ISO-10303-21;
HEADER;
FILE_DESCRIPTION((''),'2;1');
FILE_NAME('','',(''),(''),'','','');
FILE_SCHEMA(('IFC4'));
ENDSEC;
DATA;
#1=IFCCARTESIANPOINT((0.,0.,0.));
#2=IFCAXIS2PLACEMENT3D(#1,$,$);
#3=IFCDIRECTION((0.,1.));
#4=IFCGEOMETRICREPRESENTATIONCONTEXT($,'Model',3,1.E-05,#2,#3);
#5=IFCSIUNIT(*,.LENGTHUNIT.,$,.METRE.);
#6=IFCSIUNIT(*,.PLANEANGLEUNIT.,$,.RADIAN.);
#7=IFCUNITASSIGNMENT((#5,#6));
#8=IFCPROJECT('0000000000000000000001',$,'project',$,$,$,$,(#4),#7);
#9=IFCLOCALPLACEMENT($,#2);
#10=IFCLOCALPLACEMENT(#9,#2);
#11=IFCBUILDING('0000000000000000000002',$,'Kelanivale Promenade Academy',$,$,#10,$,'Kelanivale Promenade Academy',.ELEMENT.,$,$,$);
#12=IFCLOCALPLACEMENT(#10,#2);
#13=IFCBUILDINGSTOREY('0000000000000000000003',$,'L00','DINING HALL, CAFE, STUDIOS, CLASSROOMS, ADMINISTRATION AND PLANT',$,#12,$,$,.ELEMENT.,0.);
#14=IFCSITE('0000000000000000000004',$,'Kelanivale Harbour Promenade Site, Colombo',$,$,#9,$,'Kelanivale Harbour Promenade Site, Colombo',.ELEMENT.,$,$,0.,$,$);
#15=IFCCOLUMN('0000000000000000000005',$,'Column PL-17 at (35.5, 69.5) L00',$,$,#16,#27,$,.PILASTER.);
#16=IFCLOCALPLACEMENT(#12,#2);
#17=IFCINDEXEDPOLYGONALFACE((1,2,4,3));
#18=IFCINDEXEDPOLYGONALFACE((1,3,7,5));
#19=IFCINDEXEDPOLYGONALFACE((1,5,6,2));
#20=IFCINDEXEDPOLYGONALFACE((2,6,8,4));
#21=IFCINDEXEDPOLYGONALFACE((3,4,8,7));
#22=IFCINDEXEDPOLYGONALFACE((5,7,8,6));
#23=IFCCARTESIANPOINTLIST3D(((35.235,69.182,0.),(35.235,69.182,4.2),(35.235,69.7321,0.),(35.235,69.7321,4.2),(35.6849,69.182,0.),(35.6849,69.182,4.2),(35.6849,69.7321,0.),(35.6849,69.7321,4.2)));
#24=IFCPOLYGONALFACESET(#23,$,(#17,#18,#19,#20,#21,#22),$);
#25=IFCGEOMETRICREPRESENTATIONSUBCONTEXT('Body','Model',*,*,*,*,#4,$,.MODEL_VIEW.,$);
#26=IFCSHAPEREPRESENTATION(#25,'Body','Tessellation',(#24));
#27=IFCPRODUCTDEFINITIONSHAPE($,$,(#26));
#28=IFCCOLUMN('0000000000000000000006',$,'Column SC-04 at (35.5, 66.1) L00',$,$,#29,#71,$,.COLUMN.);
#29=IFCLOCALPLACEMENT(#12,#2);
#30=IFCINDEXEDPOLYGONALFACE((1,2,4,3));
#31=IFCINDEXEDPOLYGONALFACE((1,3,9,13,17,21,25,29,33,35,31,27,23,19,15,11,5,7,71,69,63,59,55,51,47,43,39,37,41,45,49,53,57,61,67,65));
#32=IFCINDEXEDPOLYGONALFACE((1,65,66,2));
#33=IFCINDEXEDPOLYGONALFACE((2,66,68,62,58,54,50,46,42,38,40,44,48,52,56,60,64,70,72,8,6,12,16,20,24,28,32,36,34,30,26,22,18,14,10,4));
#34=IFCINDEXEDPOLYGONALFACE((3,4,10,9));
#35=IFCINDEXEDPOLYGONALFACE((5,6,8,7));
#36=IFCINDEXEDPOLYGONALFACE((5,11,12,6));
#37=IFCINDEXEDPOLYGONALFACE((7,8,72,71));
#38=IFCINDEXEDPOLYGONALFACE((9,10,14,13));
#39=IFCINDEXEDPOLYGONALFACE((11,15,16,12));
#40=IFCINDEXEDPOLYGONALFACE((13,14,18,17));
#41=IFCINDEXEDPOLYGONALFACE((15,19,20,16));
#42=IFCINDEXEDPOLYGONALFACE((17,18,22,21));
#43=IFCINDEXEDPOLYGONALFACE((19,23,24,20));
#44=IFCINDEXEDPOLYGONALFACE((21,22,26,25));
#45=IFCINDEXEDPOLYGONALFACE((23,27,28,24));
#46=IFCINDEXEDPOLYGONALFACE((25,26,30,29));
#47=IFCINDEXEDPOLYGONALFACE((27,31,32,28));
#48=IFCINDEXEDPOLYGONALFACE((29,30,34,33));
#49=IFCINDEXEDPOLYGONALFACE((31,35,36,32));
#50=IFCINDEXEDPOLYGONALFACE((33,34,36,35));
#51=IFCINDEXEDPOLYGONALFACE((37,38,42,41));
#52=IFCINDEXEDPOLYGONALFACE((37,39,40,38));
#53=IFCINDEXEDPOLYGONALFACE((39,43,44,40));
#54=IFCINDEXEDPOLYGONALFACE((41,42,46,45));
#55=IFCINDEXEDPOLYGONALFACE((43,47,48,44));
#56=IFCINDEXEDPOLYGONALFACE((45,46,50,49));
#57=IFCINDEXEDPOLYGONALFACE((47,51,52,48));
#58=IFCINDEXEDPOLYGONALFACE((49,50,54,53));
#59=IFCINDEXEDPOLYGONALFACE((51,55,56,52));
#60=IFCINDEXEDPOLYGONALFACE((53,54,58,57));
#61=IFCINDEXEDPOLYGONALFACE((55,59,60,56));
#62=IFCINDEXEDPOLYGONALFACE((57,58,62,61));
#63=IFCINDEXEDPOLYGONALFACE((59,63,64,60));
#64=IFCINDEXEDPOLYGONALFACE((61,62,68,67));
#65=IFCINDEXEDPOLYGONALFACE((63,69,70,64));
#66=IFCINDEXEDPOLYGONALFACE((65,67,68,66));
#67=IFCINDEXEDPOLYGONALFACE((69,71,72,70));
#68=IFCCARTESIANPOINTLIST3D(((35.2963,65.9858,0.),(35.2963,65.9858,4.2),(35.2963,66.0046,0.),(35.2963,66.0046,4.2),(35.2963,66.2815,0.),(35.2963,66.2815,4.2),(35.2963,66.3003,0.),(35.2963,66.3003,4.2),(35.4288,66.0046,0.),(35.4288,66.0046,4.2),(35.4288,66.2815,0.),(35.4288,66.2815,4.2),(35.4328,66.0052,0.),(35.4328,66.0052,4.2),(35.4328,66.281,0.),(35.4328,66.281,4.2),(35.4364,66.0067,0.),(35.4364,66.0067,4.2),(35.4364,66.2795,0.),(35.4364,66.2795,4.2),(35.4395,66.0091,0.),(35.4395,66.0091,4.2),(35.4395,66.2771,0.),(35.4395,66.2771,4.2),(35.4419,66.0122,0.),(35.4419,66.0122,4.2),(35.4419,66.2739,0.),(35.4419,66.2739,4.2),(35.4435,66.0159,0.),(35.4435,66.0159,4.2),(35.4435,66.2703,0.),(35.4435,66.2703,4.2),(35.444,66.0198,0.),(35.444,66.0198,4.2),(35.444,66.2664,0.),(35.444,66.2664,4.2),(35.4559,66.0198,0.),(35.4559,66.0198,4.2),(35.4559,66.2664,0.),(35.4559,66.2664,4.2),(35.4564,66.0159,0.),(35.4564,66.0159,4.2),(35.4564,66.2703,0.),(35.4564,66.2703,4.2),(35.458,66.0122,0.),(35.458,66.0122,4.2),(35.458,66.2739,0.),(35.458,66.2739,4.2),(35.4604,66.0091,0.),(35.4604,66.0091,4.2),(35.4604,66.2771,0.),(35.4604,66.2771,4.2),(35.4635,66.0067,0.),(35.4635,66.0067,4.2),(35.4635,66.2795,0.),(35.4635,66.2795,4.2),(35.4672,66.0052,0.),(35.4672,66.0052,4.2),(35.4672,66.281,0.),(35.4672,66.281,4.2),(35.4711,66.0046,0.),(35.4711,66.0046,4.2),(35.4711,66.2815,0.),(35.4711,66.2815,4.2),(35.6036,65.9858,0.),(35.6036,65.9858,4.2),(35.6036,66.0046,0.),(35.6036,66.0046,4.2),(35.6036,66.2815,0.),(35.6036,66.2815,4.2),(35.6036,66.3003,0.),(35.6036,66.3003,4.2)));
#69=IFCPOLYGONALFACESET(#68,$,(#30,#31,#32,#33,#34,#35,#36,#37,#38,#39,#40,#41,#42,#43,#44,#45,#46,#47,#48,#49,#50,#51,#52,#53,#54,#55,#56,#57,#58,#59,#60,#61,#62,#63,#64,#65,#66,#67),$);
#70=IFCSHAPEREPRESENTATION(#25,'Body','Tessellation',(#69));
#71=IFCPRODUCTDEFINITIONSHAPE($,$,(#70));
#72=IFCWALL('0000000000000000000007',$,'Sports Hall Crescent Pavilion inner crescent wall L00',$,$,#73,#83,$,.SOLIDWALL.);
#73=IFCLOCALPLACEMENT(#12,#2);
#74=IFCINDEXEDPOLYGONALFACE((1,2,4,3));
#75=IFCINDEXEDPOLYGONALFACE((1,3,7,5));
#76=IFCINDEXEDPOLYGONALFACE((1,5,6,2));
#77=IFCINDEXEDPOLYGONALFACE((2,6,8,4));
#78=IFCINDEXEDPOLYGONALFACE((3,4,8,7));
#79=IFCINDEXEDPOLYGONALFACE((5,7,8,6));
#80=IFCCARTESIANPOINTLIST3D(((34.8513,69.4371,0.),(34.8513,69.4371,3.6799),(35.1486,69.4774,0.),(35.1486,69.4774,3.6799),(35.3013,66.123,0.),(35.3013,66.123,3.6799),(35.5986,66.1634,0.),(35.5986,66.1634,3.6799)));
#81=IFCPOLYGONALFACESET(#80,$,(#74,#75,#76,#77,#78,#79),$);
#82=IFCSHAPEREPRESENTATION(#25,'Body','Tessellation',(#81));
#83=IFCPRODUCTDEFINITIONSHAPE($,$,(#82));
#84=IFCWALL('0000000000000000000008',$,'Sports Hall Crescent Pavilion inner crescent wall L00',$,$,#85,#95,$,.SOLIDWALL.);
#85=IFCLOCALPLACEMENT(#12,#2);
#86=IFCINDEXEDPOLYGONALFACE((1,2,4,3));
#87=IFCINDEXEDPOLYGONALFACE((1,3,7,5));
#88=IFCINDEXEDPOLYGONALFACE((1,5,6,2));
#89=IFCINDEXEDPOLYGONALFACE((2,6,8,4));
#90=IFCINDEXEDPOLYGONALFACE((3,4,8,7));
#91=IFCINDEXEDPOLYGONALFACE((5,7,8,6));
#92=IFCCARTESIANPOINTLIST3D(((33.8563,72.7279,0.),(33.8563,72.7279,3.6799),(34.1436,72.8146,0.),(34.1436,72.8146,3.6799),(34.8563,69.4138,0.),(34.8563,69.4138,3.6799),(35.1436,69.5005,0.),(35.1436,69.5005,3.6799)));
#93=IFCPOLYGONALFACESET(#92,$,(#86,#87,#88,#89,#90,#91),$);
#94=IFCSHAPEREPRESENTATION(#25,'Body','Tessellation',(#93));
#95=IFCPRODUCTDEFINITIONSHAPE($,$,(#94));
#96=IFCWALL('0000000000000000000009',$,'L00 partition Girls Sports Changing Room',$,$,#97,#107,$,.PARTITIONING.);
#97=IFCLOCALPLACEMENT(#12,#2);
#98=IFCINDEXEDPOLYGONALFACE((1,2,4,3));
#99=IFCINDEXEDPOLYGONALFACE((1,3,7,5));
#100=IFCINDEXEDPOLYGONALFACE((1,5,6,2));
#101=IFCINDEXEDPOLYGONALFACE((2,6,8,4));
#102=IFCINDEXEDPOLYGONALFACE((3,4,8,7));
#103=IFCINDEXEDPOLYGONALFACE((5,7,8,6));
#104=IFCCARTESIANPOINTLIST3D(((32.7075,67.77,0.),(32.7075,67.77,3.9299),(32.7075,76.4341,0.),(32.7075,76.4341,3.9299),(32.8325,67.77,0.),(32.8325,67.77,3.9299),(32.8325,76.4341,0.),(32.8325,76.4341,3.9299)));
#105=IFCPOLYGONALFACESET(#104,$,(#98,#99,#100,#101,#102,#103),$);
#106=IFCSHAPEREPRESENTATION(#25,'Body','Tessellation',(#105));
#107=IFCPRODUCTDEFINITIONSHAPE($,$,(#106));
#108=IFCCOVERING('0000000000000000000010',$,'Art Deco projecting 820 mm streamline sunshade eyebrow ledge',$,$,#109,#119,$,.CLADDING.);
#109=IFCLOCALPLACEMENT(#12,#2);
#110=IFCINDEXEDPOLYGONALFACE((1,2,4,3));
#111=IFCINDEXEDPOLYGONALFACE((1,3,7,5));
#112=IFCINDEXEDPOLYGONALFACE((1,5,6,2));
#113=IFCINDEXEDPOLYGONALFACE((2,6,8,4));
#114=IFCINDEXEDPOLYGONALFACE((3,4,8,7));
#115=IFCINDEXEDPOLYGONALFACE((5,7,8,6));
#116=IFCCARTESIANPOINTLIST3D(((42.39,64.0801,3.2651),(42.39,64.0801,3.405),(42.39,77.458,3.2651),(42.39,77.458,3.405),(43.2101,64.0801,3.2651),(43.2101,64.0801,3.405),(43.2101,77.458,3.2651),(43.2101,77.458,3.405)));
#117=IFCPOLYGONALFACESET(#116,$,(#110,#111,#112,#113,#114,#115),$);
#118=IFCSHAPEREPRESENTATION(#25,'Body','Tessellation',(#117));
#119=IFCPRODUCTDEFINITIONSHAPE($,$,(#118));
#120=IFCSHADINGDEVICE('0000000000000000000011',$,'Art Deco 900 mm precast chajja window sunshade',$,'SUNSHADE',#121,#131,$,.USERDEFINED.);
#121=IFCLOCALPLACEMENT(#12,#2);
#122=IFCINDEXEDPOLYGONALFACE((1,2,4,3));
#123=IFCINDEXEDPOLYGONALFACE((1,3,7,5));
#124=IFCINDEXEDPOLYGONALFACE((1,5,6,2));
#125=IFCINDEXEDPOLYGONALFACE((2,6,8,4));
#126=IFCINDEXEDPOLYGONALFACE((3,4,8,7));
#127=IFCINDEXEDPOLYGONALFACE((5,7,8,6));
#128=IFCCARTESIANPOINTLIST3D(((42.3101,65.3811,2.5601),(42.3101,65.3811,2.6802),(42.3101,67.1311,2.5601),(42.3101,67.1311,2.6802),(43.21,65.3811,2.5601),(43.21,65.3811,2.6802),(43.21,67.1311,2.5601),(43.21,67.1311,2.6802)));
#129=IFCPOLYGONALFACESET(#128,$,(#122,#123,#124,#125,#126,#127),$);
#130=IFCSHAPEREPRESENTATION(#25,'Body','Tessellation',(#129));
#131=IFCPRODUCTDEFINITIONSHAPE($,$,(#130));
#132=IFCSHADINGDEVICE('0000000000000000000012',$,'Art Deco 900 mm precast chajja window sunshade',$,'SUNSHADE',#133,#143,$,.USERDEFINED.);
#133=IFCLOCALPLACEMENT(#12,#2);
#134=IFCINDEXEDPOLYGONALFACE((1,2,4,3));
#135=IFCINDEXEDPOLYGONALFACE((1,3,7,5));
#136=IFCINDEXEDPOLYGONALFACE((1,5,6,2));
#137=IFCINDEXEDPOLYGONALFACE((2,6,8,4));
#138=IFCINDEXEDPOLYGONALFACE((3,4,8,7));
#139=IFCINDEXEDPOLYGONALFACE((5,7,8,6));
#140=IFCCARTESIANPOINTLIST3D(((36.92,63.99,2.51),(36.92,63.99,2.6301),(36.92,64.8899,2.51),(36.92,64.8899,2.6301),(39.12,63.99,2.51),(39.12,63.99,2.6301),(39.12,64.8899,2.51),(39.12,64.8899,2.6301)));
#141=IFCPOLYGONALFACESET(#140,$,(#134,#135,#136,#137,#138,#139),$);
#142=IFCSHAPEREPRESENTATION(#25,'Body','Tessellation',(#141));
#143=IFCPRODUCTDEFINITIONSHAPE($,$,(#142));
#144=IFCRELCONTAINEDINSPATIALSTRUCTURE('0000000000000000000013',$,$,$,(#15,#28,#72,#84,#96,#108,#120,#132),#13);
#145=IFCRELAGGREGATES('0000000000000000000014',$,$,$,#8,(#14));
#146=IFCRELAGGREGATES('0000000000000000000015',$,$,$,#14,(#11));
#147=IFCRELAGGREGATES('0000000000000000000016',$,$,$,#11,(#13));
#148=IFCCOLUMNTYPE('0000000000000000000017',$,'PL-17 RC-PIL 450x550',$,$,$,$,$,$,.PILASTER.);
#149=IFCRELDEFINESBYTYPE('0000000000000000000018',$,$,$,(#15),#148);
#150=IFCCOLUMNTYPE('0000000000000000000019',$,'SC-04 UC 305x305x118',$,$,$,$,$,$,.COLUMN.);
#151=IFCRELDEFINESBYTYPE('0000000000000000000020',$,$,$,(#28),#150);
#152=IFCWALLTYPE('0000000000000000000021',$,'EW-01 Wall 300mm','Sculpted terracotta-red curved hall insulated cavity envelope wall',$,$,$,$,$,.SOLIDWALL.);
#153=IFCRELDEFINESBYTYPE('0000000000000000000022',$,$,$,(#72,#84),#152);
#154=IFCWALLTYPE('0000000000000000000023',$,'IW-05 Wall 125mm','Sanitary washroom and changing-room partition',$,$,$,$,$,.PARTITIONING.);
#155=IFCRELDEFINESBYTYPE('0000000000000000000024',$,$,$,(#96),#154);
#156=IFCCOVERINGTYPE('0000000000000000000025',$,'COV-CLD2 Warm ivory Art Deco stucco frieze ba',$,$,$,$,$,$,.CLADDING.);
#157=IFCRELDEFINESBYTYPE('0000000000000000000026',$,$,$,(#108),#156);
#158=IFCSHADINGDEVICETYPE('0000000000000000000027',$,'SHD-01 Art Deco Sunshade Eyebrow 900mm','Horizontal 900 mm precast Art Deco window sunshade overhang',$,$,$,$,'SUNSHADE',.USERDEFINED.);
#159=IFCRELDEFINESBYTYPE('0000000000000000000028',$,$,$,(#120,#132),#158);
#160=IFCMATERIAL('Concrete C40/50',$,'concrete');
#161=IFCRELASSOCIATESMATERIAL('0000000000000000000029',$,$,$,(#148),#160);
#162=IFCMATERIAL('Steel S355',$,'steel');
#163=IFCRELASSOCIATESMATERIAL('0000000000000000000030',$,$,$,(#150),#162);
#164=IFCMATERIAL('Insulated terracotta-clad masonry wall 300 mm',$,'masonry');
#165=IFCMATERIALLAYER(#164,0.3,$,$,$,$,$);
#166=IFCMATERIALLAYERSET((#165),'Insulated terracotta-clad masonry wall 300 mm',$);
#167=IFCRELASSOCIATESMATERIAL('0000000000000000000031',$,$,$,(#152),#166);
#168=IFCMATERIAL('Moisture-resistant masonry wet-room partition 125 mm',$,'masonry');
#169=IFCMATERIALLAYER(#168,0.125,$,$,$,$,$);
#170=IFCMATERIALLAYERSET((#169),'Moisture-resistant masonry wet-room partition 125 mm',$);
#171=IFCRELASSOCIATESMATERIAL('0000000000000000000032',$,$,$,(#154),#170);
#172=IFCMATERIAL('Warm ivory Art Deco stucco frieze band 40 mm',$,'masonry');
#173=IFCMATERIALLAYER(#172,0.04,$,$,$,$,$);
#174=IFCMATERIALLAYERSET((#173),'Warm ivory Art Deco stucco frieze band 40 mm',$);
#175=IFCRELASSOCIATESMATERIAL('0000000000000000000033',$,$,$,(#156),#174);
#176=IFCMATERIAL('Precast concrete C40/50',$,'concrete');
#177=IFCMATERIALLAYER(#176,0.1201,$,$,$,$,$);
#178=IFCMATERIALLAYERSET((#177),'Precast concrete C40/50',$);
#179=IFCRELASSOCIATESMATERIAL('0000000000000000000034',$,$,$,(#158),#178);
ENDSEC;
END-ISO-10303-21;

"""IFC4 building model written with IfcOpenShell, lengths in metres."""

from ifc_helpers import new_model, si_unit, direction, frame, frame_2d, origin, origin_2d, place, context, subcontext, project, spatial, rectangle, i_section, extrude, material, layer, layer_set, material_profile, profile_set, type_object, element, save


model = new_model("IFC4")

# Units and contexts
model_context = context("Model", 3, precision=1e-05, world=origin(), true_north=direction((0.0, 1.0)))
body_context = subcontext(model_context, "Body", "Model", "MODEL_VIEW")
ifc_project = project(units=[si_unit("LENGTHUNIT", "METRE"), si_unit("PLANEANGLEUNIT", "RADIAN")], contexts=[model_context])

# Site, building, storey
site_placement = place(None, origin())
site = spatial("IfcSite", under=ifc_project, at=site_placement, Name="Kelanivale Harbour Promenade Site, Colombo", LongName="Kelanivale Harbour Promenade Site, Colombo", CompositionType="ELEMENT", RefElevation=0.0)
building_placement = place(site_placement, origin())
building = spatial("IfcBuilding", under=site, at=building_placement, Name="Kelanivale Promenade Academy", LongName="Kelanivale Promenade Academy", CompositionType="ELEMENT")
storey_placement = place(building_placement, origin())
storey = spatial("IfcBuildingStorey", under=building, at=storey_placement, Name="L00", Description="DINING HALL, CAFE, STUDIOS, CLASSROOMS, ADMINISTRATION AND PLANT", CompositionType="ELEMENT", Elevation=0.0)

# Columns
ifc_material_1 = material(Name="Concrete C40/50", Category="concrete")
ifc_material_profile_1 = material_profile(ifc_material_1, rectangle(XDim=0.45, YDim=0.55, at=origin_2d()), Name="RC-PIL 450x550")
ifc_profile_set_1 = profile_set([ifc_material_profile_1], Name="Concrete C40/50")
column_type_1 = type_object("IfcColumnType", Name="PL-17 RC-PIL 450x550", PredefinedType="PILASTER", material=ifc_profile_set_1)
column_1_placement = place(storey_placement, frame((35.46, 69.457, 0.0), z_axis=(0.0, 0.0, 1.0), x_axis=(1.0, 0.0, 0.0)))
element("IfcColumn", 1, at=column_1_placement, inside=storey, type_object=column_type_1, Name="Column PL-17 at (35.5, 69.5) L00", PredefinedType="PILASTER", context=body_context, shape_type="SweptSolid", body=[
    extrude(rectangle(XDim=0.45, YDim=0.55, at=origin_2d()), origin(), (0.0, 0.0, 1.0), 4.2),
])
ifc_material_2 = material(Name="Steel S355", Category="steel")
ifc_material_profile_2 = material_profile(ifc_material_2, i_section(OverallWidth=0.3074, OverallDepth=0.3145, WebThickness=0.012, FlangeThickness=0.0188, FilletRadius=0.0151, at=origin_2d()), Name="UC 305x305x118")
ifc_profile_set_2 = profile_set([ifc_material_profile_2], Name="Steel S355")
column_type_2 = type_object("IfcColumnType", Name="SC-04 UC 305x305x118", PredefinedType="COLUMN", material=ifc_profile_set_2)
column_2_placement = place(storey_placement, frame((35.45, 66.1431, 0.0), z_axis=(0.0, 0.0, 1.0), x_axis=(1.0, 0.0, 0.0)))
element("IfcColumn", 2, at=column_2_placement, inside=storey, type_object=column_type_2, Name="Column SC-04 at (35.5, 66.1) L00", PredefinedType="COLUMN", context=body_context, shape_type="SweptSolid", body=[
    extrude(i_section(OverallWidth=0.3074, OverallDepth=0.3145, WebThickness=0.012, FlangeThickness=0.0188, FilletRadius=0.0151, at=origin_2d()), origin(), (0.0, 0.0, 1.0), 4.2),
])

# Walls
ifc_material_3 = material(Name="Insulated terracotta-clad masonry wall 300 mm", Category="masonry")
ifc_layer_1 = layer(ifc_material_3, 0.3)
ifc_layer_set_1 = layer_set([ifc_layer_1], Name="Insulated terracotta-clad masonry wall 300 mm")
wall_type_1 = type_object("IfcWallType", Name="EW-01 Wall 300mm", Description="Sculpted terracotta-red curved hall insulated cavity envelope wall", PredefinedType="SOLIDWALL", material=ifc_layer_set_1)
wall_1_placement = place(storey_placement, frame((35.45, 66.1431, 0.0), z_axis=(0.0, 0.0, 1.0), x_axis=(-0.13454, 0.990908, 0.0)))
element("IfcWall", 3, at=wall_1_placement, inside=storey, type_object=wall_type_1, Name="Sports Hall Crescent Pavilion inner crescent wall L00", PredefinedType="SOLIDWALL", context=body_context, shape_type="SweptSolid", body=[
    extrude(rectangle(XDim=3.3445, YDim=0.3, at=frame_2d((1.6724, 0.0))), origin(), (0.0, 0.0, 1.0), 3.6799),
])
wall_2_placement = place(storey_placement, frame((35.0, 69.457, 0.0), z_axis=(0.0, 0.0, 1.0), x_axis=(-0.288888, 0.957363, 0.0)))
element("IfcWall", 4, at=wall_2_placement, inside=storey, type_object=wall_type_1, Name="Sports Hall Crescent Pavilion inner crescent wall L00", PredefinedType="SOLIDWALL", context=body_context, shape_type="SweptSolid", body=[
    extrude(rectangle(XDim=3.4617, YDim=0.3, at=frame_2d((1.731, 0.0))), origin(), (0.0, 0.0, 1.0), 3.6799),
])
ifc_material_4 = material(Name="Moisture-resistant masonry wet-room partition 125 mm", Category="masonry")
ifc_layer_2 = layer(ifc_material_4, 0.125)
ifc_layer_set_2 = layer_set([ifc_layer_2], Name="Moisture-resistant masonry wet-room partition 125 mm")
wall_type_2 = type_object("IfcWallType", Name="IW-05 Wall 125mm", Description="Sanitary washroom and changing-room partition", PredefinedType="PARTITIONING", material=ifc_layer_set_2)
wall_3_placement = place(storey_placement, frame((32.77, 67.77, 0.0), z_axis=(0.0, 0.0, 1.0), x_axis=(0.0, 1.0, 0.0)))
element("IfcWall", 5, at=wall_3_placement, inside=storey, type_object=wall_type_2, Name="L00 partition Girls Sports Changing Room", PredefinedType="PARTITIONING", context=body_context, shape_type="SweptSolid", body=[
    extrude(rectangle(XDim=8.6641, YDim=0.125, at=frame_2d((4.332, 0.0))), origin(), (0.0, 0.0, 1.0), 3.9299),
])

# Covering
ifc_material_5 = material(Name="Warm ivory Art Deco stucco frieze band 40 mm", Category="masonry")
ifc_layer_3 = layer(ifc_material_5, 0.04)
ifc_layer_set_3 = layer_set([ifc_layer_3], Name="Warm ivory Art Deco stucco frieze band 40 mm")
covering_type = type_object("IfcCoveringType", Name="COV-CLD2 Warm ivory Art Deco stucco frieze ba", PredefinedType="CLADDING", material=ifc_layer_set_3)
covering_placement = place(storey_placement, frame((42.8, 70.769, 3.2651), z_axis=(0.0, 0.0, 1.0), x_axis=(0.0, -1.0, 0.0)))
element("IfcCovering", 6, at=covering_placement, inside=storey, type_object=covering_type, Name="Art Deco projecting 820 mm streamline sunshade eyebrow ledge", PredefinedType="CLADDING", context=body_context, shape_type="SweptSolid", body=[
    extrude(rectangle(XDim=13.3779, YDim=0.8201, at=origin_2d()), origin(), (0.0, 0.0, 1.0), 0.1399),
])

# Shading devices
ifc_material_6 = material(Name="Precast concrete C40/50", Category="concrete")
ifc_layer_4 = layer(ifc_material_6, 0.1201)
ifc_layer_set_4 = layer_set([ifc_layer_4], Name="Precast concrete C40/50")
shading_device_type = type_object("IfcShadingDeviceType", Name="SHD-01 Art Deco Sunshade Eyebrow 900mm", Description="Horizontal 900 mm precast Art Deco window sunshade overhang", ElementType="SUNSHADE", PredefinedType="USERDEFINED", material=ifc_layer_set_4)
shading_device_1_placement = place(storey_placement, frame((42.76, 66.2561, 2.5601), z_axis=(0.0, 0.0, 1.0), x_axis=(0.0, -1.0, 0.0)))
element("IfcShadingDevice", 7, at=shading_device_1_placement, inside=storey, type_object=shading_device_type, Name="Art Deco 900 mm precast chajja window sunshade", ObjectType="SUNSHADE", PredefinedType="USERDEFINED", context=body_context, shape_type="SweptSolid", body=[
    extrude(rectangle(XDim=1.75, YDim=0.8999, at=origin_2d()), origin(), (0.0, 0.0, 1.0), 0.1201),
])
shading_device_2_placement = place(storey_placement, frame((38.02, 64.4399, 2.51), z_axis=(0.0, 0.0, 1.0), x_axis=(-1.0, 0.0, 0.0)))
element("IfcShadingDevice", 8, at=shading_device_2_placement, inside=storey, type_object=shading_device_type, Name="Art Deco 900 mm precast chajja window sunshade", ObjectType="SUNSHADE", PredefinedType="USERDEFINED", context=body_context, shape_type="SweptSolid", body=[
    extrude(rectangle(XDim=2.2, YDim=0.8999, at=origin_2d()), origin(), (0.0, 0.0, 1.0), 0.1201),
])

save(model, "model.ifc")
